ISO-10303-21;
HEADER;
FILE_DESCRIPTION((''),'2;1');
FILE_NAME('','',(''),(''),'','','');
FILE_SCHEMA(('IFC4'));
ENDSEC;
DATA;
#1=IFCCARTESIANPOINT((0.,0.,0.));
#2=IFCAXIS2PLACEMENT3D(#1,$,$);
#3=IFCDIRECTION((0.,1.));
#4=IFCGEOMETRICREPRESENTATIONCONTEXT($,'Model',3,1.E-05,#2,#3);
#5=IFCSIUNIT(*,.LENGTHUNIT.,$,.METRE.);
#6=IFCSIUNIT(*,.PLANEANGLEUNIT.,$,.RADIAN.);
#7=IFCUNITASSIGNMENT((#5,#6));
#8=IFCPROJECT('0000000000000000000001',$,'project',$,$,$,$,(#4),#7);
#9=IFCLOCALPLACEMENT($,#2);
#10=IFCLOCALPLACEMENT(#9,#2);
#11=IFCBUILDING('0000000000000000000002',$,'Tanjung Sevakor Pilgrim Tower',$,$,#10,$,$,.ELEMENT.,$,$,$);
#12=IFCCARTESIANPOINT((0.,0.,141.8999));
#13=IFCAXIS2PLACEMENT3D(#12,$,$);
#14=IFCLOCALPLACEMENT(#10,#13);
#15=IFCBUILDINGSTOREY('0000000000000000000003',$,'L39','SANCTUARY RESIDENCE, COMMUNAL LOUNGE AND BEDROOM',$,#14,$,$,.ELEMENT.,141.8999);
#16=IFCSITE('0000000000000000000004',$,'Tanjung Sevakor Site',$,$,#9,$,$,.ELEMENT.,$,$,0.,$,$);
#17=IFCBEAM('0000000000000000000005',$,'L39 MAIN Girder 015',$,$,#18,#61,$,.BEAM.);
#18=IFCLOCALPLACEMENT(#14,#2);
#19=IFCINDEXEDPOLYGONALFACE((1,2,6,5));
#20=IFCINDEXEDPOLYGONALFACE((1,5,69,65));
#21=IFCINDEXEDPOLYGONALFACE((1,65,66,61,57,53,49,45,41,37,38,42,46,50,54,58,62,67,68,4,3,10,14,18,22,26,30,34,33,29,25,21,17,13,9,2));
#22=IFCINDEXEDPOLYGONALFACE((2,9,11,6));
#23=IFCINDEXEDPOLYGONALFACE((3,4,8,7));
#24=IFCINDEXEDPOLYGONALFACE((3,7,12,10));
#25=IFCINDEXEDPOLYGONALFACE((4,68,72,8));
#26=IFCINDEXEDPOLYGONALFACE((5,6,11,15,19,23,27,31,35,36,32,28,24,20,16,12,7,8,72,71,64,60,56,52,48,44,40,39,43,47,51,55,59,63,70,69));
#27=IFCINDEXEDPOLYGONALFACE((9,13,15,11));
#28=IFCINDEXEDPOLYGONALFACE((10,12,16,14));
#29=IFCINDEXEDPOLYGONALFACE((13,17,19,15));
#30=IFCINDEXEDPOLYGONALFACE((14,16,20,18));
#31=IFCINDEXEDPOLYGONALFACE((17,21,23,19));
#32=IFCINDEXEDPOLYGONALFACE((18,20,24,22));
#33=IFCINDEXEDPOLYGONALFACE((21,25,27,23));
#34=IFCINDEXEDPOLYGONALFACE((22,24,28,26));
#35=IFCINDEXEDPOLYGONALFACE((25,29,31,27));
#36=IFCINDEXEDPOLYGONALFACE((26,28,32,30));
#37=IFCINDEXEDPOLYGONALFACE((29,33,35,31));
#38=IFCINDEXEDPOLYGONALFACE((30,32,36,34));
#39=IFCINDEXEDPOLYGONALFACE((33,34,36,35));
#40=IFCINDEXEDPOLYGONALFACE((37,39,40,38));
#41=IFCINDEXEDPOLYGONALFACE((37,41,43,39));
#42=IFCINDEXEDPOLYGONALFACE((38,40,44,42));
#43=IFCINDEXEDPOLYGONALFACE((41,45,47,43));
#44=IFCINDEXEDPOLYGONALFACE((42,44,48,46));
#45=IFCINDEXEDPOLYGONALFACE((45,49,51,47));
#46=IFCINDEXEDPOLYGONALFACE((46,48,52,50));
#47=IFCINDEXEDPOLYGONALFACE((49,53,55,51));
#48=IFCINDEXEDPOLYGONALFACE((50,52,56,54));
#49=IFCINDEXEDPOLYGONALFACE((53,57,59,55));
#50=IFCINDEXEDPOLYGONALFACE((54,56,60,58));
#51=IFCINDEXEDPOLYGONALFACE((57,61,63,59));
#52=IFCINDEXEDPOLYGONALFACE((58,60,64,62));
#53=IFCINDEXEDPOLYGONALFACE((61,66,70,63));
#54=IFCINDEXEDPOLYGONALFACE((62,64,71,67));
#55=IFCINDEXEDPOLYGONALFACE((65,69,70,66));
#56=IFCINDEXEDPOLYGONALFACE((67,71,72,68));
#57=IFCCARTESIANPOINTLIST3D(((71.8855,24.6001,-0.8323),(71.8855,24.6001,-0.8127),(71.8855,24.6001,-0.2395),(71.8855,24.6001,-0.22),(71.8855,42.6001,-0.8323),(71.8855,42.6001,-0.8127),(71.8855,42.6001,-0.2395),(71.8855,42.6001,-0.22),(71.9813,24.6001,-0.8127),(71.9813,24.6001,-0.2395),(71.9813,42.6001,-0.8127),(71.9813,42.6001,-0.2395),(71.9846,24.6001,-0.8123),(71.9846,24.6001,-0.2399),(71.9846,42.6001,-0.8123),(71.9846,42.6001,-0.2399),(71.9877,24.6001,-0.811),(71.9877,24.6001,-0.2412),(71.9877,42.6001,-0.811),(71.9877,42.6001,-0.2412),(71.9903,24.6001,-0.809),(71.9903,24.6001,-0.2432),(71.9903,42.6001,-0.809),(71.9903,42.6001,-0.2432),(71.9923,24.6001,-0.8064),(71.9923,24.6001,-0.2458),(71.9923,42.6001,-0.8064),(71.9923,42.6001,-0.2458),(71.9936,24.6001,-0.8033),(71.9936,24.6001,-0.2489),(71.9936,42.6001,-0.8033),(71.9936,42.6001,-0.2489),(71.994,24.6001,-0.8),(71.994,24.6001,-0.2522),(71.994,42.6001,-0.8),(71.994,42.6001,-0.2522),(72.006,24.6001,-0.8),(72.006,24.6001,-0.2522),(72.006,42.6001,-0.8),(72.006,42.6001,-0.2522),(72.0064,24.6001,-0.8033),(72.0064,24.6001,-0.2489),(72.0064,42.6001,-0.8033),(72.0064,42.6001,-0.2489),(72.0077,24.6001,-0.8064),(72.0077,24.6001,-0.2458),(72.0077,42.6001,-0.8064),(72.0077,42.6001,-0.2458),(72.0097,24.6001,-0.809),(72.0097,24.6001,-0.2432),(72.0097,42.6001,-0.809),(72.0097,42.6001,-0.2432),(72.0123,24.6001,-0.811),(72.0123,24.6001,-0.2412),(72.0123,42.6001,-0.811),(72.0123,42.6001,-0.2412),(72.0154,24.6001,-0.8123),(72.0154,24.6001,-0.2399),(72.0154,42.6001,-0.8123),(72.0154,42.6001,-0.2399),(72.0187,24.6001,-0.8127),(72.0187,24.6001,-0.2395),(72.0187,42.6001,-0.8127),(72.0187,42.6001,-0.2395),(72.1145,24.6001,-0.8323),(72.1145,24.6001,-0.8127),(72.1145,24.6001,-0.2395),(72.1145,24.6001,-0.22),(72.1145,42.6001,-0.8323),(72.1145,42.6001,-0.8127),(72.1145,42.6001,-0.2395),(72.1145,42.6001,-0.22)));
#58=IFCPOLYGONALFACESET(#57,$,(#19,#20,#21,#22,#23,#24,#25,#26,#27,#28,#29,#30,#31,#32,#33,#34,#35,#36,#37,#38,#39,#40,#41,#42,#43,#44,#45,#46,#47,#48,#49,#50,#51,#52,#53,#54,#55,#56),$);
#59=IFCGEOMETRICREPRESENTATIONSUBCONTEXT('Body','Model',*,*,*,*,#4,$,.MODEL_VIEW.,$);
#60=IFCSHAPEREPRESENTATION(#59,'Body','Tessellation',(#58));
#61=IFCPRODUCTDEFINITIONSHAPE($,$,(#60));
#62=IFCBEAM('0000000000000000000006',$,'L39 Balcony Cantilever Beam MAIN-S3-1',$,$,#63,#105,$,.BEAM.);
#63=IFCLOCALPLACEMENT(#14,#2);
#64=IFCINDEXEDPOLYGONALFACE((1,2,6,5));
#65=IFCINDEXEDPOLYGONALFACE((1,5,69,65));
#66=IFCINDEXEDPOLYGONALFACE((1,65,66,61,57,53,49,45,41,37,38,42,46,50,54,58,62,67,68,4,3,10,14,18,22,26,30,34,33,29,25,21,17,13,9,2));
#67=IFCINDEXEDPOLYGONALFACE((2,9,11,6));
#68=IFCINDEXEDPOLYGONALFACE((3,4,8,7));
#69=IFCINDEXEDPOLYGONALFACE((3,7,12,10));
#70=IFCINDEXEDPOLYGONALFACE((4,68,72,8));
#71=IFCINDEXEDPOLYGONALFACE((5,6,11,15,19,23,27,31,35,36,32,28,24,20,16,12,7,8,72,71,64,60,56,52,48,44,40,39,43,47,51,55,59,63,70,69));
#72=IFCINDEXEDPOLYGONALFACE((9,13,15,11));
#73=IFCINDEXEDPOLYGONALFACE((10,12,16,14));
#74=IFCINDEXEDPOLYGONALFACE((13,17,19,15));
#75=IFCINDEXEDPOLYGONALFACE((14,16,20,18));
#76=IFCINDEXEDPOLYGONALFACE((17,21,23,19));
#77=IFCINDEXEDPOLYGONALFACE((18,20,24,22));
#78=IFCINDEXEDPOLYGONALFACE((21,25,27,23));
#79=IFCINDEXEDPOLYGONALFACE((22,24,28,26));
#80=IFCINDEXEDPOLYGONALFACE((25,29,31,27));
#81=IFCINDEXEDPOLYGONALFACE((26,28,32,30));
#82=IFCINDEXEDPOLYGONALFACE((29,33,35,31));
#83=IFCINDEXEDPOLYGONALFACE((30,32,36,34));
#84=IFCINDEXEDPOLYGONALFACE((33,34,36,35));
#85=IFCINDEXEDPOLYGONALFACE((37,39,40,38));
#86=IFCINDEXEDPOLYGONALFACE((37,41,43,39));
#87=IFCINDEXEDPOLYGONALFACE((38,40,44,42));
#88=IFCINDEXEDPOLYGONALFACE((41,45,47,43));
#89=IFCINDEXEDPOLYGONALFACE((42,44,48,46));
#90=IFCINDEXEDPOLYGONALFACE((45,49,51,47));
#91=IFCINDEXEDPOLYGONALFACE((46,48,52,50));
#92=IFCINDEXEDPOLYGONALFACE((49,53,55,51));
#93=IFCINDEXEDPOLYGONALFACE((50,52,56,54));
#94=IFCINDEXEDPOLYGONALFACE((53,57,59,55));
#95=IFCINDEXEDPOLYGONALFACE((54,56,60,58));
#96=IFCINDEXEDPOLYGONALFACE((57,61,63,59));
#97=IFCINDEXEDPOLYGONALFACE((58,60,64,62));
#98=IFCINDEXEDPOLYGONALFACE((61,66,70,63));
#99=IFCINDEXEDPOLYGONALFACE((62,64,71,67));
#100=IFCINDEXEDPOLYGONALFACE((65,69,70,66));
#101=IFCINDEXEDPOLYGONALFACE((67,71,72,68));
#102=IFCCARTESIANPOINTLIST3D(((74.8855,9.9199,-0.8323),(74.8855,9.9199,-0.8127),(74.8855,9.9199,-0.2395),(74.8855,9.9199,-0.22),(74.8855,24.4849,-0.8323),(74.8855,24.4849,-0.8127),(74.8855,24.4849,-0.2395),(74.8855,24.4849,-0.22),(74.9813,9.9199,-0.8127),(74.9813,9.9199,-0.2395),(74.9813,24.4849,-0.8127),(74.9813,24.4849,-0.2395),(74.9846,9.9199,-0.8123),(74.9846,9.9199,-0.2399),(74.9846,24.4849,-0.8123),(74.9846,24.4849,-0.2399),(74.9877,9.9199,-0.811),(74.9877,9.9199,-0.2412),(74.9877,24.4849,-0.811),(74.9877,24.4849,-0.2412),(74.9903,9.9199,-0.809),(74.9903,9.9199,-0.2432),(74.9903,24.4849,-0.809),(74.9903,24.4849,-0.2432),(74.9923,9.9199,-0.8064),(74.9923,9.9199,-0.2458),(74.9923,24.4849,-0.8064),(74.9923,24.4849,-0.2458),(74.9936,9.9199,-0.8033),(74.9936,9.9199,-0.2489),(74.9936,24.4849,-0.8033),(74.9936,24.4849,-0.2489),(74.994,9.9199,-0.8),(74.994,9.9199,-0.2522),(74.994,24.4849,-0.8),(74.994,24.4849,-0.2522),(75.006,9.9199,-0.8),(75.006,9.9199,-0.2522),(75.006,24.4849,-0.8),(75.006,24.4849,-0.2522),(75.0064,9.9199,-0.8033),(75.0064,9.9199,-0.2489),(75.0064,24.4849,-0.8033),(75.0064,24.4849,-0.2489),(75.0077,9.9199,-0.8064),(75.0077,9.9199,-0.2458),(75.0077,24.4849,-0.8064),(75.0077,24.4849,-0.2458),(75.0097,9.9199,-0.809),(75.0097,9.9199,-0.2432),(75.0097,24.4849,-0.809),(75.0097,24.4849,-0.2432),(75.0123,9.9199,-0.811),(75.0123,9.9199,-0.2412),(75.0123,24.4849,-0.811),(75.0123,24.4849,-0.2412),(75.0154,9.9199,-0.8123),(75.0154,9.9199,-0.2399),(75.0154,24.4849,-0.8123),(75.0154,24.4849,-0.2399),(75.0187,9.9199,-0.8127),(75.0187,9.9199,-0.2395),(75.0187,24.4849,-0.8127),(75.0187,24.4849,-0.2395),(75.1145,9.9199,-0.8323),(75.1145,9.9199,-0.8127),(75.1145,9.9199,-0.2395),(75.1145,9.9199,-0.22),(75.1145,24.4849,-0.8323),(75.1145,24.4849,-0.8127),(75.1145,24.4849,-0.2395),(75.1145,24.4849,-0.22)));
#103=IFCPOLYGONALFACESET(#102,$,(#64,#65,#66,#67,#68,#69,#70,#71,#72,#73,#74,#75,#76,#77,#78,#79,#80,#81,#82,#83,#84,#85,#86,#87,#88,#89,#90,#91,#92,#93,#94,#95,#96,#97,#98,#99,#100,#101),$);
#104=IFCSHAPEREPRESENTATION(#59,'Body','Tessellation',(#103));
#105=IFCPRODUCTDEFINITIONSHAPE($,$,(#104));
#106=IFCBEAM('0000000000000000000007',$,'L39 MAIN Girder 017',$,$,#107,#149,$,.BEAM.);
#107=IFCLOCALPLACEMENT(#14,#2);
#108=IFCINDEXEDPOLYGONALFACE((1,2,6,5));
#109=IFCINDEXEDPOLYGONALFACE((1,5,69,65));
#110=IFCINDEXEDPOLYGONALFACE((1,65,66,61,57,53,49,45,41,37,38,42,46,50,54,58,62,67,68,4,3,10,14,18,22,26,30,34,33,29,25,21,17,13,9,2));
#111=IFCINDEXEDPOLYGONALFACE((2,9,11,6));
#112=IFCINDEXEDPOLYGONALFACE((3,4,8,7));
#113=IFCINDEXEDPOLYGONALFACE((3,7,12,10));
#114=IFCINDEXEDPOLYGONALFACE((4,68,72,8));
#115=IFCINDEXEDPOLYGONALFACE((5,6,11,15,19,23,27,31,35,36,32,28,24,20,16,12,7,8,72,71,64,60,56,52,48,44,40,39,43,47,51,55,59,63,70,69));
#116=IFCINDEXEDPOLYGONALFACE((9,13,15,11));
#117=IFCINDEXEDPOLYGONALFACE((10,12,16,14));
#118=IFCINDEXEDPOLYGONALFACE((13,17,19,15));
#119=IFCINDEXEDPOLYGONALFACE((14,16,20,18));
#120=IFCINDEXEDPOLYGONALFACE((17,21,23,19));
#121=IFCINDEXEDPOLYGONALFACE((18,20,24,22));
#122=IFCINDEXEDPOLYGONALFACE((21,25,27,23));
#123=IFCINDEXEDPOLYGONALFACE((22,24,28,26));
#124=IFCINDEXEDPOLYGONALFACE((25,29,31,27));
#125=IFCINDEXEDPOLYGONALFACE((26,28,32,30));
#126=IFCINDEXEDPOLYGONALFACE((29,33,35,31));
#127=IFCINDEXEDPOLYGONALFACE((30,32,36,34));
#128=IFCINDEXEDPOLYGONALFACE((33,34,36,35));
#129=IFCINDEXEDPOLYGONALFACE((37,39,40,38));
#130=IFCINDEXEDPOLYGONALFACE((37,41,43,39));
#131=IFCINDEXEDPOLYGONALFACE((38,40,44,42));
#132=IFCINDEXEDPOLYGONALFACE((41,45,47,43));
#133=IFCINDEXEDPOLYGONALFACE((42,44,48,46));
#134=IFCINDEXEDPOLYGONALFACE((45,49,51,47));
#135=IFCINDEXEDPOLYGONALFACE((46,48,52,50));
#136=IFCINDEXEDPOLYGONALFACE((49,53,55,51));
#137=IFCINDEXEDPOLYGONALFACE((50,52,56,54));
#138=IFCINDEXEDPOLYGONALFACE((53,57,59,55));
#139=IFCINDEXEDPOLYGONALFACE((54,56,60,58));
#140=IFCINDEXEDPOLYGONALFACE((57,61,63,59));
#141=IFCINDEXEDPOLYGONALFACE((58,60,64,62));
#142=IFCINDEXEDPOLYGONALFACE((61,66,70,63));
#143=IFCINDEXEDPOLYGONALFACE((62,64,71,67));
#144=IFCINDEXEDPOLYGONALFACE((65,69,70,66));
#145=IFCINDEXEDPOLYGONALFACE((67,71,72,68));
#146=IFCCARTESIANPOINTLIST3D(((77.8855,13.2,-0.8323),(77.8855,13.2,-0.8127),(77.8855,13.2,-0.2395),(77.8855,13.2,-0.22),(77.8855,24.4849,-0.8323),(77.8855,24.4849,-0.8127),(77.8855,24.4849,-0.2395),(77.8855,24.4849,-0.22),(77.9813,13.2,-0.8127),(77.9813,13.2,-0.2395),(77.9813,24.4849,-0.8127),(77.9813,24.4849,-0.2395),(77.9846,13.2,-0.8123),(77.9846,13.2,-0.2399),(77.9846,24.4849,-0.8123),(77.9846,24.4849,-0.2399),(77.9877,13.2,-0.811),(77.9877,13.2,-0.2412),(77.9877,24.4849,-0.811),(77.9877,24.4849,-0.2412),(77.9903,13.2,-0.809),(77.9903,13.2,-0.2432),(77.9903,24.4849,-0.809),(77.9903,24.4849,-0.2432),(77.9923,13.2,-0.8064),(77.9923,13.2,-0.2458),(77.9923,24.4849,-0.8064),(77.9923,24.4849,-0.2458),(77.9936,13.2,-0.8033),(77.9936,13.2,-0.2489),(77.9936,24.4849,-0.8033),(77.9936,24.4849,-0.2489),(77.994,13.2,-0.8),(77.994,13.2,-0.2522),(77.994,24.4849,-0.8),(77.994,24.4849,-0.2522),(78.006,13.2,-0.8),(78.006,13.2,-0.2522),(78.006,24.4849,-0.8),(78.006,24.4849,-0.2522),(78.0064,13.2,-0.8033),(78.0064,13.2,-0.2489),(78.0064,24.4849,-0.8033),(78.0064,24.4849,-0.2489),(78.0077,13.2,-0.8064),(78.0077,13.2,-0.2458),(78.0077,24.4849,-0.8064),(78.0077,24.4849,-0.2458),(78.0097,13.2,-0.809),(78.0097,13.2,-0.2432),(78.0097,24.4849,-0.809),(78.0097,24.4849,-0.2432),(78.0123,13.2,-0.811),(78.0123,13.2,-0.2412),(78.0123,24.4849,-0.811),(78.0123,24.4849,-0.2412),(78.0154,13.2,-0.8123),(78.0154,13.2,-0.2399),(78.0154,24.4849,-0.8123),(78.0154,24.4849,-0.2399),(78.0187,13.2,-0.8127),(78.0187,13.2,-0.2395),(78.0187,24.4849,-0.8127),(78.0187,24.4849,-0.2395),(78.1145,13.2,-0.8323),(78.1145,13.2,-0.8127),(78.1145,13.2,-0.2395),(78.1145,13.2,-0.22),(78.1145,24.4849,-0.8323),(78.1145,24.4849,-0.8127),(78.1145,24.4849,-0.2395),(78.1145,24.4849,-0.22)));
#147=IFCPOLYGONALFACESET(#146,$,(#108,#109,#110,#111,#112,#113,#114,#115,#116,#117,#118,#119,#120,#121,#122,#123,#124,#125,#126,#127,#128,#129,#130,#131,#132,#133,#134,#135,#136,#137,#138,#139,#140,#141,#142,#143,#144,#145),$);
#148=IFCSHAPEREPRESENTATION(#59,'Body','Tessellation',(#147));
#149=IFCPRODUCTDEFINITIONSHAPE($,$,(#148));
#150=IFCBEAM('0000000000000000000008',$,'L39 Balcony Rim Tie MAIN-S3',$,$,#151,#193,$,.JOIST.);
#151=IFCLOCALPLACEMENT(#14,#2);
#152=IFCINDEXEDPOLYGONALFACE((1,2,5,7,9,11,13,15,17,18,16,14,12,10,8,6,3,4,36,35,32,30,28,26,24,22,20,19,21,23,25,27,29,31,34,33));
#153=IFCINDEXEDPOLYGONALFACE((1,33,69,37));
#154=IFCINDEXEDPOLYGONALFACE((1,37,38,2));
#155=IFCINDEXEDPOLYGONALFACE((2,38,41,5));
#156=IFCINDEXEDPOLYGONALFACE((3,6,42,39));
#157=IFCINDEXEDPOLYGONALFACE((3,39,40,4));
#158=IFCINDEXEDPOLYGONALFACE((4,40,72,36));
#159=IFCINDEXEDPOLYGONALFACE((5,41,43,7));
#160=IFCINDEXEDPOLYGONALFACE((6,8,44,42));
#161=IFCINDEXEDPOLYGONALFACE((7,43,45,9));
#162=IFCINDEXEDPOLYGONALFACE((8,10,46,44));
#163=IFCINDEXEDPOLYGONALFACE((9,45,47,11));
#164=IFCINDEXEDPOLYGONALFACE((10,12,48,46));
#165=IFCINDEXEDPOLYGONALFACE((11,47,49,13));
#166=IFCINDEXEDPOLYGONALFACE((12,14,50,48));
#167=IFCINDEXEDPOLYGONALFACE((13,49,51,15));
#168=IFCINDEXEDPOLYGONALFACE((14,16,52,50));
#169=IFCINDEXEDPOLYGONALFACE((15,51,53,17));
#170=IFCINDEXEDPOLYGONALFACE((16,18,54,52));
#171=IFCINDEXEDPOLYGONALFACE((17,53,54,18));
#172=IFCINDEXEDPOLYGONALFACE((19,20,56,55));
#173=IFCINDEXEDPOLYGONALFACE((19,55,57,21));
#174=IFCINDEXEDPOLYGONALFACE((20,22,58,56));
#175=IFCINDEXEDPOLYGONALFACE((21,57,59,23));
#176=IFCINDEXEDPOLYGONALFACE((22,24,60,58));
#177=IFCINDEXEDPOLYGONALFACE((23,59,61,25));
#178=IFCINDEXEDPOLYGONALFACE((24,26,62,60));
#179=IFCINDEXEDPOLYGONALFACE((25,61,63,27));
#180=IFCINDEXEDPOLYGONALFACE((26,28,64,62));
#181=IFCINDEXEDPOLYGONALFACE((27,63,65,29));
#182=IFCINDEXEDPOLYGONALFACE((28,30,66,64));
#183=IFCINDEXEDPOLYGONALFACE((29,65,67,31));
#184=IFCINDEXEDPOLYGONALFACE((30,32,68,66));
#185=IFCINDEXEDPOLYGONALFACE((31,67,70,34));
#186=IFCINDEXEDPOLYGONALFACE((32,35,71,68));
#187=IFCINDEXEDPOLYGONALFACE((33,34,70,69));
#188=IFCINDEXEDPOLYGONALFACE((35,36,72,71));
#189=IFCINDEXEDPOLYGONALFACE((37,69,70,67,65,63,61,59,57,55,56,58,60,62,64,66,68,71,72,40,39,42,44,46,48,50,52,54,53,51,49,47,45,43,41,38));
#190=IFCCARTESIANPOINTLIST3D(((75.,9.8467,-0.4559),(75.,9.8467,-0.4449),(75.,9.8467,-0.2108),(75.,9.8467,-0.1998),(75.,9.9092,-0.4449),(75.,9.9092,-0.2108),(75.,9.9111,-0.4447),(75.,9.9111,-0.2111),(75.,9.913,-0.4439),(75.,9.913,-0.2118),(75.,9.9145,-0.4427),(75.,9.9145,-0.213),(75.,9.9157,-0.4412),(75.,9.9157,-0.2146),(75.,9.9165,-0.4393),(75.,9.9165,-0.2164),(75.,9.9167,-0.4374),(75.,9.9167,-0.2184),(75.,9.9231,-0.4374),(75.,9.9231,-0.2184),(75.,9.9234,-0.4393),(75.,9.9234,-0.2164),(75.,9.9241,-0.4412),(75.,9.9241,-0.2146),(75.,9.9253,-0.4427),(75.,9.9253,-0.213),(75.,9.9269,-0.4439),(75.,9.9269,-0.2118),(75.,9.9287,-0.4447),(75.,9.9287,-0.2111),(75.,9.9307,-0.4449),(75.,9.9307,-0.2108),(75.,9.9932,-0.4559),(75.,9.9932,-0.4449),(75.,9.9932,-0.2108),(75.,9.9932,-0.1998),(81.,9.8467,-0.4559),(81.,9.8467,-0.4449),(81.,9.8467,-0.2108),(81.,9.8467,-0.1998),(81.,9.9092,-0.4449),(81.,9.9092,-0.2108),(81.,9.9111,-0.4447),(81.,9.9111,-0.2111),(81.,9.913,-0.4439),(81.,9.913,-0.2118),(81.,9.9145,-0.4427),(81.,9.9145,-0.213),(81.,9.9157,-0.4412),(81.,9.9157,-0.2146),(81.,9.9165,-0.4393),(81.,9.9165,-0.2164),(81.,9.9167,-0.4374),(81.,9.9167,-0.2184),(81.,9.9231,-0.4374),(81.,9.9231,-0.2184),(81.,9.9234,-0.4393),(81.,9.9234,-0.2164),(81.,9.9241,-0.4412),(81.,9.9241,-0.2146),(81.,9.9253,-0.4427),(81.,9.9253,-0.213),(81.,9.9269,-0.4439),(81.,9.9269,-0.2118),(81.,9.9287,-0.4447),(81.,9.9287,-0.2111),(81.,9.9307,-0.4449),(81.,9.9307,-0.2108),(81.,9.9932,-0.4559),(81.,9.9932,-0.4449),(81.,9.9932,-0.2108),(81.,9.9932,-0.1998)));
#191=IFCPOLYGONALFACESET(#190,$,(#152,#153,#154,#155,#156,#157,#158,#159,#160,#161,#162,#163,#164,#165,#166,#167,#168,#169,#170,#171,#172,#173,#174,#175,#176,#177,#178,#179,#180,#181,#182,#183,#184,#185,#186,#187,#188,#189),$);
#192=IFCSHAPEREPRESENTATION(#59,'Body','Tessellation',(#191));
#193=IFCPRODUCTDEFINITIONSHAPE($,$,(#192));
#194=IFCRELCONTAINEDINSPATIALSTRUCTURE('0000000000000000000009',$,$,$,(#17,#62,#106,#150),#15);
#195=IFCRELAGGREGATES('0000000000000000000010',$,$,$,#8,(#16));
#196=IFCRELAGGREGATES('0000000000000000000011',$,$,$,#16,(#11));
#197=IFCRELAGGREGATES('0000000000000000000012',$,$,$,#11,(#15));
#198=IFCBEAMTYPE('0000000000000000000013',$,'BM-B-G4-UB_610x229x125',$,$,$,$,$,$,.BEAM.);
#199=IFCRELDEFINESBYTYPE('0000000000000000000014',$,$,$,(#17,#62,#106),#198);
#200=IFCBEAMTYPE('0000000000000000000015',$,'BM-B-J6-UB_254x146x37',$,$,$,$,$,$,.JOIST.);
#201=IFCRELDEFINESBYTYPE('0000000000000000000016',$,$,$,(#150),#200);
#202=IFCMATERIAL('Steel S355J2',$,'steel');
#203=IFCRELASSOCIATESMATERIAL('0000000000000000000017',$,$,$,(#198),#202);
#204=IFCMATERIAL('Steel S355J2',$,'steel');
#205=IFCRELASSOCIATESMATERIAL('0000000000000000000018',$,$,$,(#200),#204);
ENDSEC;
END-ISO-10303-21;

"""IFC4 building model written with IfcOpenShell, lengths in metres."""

from ifc_helpers import new_model, si_unit, direction, frame, origin, origin_2d, place, context, subcontext, project, spatial, i_section, extrude, material, material_profile, profile_set, type_object, element, save


model = new_model("IFC4")

# Units and contexts
model_context = context("Model", 3, precision=1e-05, world=origin(), true_north=direction((0.0, 1.0)))
body_context = subcontext(model_context, "Body", "Model", "MODEL_VIEW")
ifc_project = project(units=[si_unit("LENGTHUNIT", "METRE"), si_unit("PLANEANGLEUNIT", "RADIAN")], contexts=[model_context])

# Site, building, storey
site_placement = place(None, origin())
site = spatial("IfcSite", under=ifc_project, at=site_placement, Name="Tanjung Sevakor Site", CompositionType="ELEMENT", RefElevation=0.0)
building_placement = place(site_placement, origin())
building = spatial("IfcBuilding", under=site, at=building_placement, Name="Tanjung Sevakor Pilgrim Tower", CompositionType="ELEMENT")
storey_placement = place(building_placement, frame((0.0, 0.0, 141.8999)))
storey = spatial("IfcBuildingStorey", under=building, at=storey_placement, Name="L39", Description="SANCTUARY RESIDENCE, COMMUNAL LOUNGE AND BEDROOM", CompositionType="ELEMENT", Elevation=141.8999)

# Beams
ifc_material_1 = material(Name="Steel S355J2", Category="steel")
ifc_material_profile_1 = material_profile(ifc_material_1, i_section(OverallWidth=0.229, OverallDepth=0.6123, WebThickness=0.012, FlangeThickness=0.0195, FilletRadius=0.0127, at=origin_2d()))
ifc_profile_set_1 = profile_set([ifc_material_profile_1], Name="Steel S355J2")
beam_type_1 = type_object("IfcBeamType", Name="BM-B-G4-UB_610x229x125", PredefinedType="BEAM", material=ifc_profile_set_1)
beam_1_placement = place(storey_placement, frame((72.0, 24.6001, -0.5261), z_axis=(0.0, 1.0, 0.0), x_axis=(-1.0, 0.0, 0.0)))
element("IfcBeam", 1, at=beam_1_placement, inside=storey, type_object=beam_type_1, Name="L39 MAIN Girder 015", PredefinedType="BEAM", context=body_context, shape_type="SweptSolid", body=[
    extrude(i_section(OverallWidth=0.229, OverallDepth=0.6123, WebThickness=0.012, FlangeThickness=0.0195, FilletRadius=0.0127, at=origin_2d()), origin(), (0.0, 0.0, 1.0), 18.0),
])
beam_2_placement = place(storey_placement, frame((75.0, 24.4849, -0.5261), z_axis=(0.0, -1.0, 0.0), x_axis=(1.0, 0.0, 0.0)))
element("IfcBeam", 2, at=beam_2_placement, inside=storey, type_object=beam_type_1, Name="L39 Balcony Cantilever Beam MAIN-S3-1", PredefinedType="BEAM", context=body_context, shape_type="SweptSolid", body=[
    extrude(i_section(OverallWidth=0.229, OverallDepth=0.6123, WebThickness=0.012, FlangeThickness=0.0195, FilletRadius=0.0127, at=origin_2d()), origin(), (0.0, 0.0, 1.0), 14.5649),
])
beam_3_placement = place(storey_placement, frame((78.0, 13.2, -0.5261), z_axis=(0.0, 1.0, 0.0), x_axis=(-1.0, 0.0, 0.0)))
element("IfcBeam", 3, at=beam_3_placement, inside=storey, type_object=beam_type_1, Name="L39 MAIN Girder 017", PredefinedType="BEAM", context=body_context, shape_type="SweptSolid", body=[
    extrude(i_section(OverallWidth=0.229, OverallDepth=0.6123, WebThickness=0.012, FlangeThickness=0.0195, FilletRadius=0.0127, at=origin_2d()), origin(), (0.0, 0.0, 1.0), 11.2849),
])
ifc_material_2 = material(Name="Steel S355J2", Category="steel")
ifc_material_profile_2 = material_profile(ifc_material_2, i_section(OverallWidth=0.1465, OverallDepth=0.2561, WebThickness=0.0063, FlangeThickness=0.011, FilletRadius=0.0076, at=origin_2d()))
ifc_profile_set_2 = profile_set([ifc_material_profile_2], Name="Steel S355J2")
beam_type_2 = type_object("IfcBeamType", Name="BM-B-J6-UB_254x146x37", PredefinedType="JOIST", material=ifc_profile_set_2)
beam_4_placement = place(storey_placement, frame((75.0, 9.9199, -0.3279), z_axis=(1.0, 0.0, 0.0), x_axis=(0.0, 1.0, 0.0)))
element("IfcBeam", 4, at=beam_4_placement, inside=storey, type_object=beam_type_2, Name="L39 Balcony Rim Tie MAIN-S3", PredefinedType="JOIST", context=body_context, shape_type="SweptSolid", body=[
    extrude(i_section(OverallWidth=0.1465, OverallDepth=0.2561, WebThickness=0.0063, FlangeThickness=0.011, FilletRadius=0.0076, at=origin_2d()), origin(), (0.0, 0.0, 1.0), 6.0),
])

save(model, "model.ifc")
